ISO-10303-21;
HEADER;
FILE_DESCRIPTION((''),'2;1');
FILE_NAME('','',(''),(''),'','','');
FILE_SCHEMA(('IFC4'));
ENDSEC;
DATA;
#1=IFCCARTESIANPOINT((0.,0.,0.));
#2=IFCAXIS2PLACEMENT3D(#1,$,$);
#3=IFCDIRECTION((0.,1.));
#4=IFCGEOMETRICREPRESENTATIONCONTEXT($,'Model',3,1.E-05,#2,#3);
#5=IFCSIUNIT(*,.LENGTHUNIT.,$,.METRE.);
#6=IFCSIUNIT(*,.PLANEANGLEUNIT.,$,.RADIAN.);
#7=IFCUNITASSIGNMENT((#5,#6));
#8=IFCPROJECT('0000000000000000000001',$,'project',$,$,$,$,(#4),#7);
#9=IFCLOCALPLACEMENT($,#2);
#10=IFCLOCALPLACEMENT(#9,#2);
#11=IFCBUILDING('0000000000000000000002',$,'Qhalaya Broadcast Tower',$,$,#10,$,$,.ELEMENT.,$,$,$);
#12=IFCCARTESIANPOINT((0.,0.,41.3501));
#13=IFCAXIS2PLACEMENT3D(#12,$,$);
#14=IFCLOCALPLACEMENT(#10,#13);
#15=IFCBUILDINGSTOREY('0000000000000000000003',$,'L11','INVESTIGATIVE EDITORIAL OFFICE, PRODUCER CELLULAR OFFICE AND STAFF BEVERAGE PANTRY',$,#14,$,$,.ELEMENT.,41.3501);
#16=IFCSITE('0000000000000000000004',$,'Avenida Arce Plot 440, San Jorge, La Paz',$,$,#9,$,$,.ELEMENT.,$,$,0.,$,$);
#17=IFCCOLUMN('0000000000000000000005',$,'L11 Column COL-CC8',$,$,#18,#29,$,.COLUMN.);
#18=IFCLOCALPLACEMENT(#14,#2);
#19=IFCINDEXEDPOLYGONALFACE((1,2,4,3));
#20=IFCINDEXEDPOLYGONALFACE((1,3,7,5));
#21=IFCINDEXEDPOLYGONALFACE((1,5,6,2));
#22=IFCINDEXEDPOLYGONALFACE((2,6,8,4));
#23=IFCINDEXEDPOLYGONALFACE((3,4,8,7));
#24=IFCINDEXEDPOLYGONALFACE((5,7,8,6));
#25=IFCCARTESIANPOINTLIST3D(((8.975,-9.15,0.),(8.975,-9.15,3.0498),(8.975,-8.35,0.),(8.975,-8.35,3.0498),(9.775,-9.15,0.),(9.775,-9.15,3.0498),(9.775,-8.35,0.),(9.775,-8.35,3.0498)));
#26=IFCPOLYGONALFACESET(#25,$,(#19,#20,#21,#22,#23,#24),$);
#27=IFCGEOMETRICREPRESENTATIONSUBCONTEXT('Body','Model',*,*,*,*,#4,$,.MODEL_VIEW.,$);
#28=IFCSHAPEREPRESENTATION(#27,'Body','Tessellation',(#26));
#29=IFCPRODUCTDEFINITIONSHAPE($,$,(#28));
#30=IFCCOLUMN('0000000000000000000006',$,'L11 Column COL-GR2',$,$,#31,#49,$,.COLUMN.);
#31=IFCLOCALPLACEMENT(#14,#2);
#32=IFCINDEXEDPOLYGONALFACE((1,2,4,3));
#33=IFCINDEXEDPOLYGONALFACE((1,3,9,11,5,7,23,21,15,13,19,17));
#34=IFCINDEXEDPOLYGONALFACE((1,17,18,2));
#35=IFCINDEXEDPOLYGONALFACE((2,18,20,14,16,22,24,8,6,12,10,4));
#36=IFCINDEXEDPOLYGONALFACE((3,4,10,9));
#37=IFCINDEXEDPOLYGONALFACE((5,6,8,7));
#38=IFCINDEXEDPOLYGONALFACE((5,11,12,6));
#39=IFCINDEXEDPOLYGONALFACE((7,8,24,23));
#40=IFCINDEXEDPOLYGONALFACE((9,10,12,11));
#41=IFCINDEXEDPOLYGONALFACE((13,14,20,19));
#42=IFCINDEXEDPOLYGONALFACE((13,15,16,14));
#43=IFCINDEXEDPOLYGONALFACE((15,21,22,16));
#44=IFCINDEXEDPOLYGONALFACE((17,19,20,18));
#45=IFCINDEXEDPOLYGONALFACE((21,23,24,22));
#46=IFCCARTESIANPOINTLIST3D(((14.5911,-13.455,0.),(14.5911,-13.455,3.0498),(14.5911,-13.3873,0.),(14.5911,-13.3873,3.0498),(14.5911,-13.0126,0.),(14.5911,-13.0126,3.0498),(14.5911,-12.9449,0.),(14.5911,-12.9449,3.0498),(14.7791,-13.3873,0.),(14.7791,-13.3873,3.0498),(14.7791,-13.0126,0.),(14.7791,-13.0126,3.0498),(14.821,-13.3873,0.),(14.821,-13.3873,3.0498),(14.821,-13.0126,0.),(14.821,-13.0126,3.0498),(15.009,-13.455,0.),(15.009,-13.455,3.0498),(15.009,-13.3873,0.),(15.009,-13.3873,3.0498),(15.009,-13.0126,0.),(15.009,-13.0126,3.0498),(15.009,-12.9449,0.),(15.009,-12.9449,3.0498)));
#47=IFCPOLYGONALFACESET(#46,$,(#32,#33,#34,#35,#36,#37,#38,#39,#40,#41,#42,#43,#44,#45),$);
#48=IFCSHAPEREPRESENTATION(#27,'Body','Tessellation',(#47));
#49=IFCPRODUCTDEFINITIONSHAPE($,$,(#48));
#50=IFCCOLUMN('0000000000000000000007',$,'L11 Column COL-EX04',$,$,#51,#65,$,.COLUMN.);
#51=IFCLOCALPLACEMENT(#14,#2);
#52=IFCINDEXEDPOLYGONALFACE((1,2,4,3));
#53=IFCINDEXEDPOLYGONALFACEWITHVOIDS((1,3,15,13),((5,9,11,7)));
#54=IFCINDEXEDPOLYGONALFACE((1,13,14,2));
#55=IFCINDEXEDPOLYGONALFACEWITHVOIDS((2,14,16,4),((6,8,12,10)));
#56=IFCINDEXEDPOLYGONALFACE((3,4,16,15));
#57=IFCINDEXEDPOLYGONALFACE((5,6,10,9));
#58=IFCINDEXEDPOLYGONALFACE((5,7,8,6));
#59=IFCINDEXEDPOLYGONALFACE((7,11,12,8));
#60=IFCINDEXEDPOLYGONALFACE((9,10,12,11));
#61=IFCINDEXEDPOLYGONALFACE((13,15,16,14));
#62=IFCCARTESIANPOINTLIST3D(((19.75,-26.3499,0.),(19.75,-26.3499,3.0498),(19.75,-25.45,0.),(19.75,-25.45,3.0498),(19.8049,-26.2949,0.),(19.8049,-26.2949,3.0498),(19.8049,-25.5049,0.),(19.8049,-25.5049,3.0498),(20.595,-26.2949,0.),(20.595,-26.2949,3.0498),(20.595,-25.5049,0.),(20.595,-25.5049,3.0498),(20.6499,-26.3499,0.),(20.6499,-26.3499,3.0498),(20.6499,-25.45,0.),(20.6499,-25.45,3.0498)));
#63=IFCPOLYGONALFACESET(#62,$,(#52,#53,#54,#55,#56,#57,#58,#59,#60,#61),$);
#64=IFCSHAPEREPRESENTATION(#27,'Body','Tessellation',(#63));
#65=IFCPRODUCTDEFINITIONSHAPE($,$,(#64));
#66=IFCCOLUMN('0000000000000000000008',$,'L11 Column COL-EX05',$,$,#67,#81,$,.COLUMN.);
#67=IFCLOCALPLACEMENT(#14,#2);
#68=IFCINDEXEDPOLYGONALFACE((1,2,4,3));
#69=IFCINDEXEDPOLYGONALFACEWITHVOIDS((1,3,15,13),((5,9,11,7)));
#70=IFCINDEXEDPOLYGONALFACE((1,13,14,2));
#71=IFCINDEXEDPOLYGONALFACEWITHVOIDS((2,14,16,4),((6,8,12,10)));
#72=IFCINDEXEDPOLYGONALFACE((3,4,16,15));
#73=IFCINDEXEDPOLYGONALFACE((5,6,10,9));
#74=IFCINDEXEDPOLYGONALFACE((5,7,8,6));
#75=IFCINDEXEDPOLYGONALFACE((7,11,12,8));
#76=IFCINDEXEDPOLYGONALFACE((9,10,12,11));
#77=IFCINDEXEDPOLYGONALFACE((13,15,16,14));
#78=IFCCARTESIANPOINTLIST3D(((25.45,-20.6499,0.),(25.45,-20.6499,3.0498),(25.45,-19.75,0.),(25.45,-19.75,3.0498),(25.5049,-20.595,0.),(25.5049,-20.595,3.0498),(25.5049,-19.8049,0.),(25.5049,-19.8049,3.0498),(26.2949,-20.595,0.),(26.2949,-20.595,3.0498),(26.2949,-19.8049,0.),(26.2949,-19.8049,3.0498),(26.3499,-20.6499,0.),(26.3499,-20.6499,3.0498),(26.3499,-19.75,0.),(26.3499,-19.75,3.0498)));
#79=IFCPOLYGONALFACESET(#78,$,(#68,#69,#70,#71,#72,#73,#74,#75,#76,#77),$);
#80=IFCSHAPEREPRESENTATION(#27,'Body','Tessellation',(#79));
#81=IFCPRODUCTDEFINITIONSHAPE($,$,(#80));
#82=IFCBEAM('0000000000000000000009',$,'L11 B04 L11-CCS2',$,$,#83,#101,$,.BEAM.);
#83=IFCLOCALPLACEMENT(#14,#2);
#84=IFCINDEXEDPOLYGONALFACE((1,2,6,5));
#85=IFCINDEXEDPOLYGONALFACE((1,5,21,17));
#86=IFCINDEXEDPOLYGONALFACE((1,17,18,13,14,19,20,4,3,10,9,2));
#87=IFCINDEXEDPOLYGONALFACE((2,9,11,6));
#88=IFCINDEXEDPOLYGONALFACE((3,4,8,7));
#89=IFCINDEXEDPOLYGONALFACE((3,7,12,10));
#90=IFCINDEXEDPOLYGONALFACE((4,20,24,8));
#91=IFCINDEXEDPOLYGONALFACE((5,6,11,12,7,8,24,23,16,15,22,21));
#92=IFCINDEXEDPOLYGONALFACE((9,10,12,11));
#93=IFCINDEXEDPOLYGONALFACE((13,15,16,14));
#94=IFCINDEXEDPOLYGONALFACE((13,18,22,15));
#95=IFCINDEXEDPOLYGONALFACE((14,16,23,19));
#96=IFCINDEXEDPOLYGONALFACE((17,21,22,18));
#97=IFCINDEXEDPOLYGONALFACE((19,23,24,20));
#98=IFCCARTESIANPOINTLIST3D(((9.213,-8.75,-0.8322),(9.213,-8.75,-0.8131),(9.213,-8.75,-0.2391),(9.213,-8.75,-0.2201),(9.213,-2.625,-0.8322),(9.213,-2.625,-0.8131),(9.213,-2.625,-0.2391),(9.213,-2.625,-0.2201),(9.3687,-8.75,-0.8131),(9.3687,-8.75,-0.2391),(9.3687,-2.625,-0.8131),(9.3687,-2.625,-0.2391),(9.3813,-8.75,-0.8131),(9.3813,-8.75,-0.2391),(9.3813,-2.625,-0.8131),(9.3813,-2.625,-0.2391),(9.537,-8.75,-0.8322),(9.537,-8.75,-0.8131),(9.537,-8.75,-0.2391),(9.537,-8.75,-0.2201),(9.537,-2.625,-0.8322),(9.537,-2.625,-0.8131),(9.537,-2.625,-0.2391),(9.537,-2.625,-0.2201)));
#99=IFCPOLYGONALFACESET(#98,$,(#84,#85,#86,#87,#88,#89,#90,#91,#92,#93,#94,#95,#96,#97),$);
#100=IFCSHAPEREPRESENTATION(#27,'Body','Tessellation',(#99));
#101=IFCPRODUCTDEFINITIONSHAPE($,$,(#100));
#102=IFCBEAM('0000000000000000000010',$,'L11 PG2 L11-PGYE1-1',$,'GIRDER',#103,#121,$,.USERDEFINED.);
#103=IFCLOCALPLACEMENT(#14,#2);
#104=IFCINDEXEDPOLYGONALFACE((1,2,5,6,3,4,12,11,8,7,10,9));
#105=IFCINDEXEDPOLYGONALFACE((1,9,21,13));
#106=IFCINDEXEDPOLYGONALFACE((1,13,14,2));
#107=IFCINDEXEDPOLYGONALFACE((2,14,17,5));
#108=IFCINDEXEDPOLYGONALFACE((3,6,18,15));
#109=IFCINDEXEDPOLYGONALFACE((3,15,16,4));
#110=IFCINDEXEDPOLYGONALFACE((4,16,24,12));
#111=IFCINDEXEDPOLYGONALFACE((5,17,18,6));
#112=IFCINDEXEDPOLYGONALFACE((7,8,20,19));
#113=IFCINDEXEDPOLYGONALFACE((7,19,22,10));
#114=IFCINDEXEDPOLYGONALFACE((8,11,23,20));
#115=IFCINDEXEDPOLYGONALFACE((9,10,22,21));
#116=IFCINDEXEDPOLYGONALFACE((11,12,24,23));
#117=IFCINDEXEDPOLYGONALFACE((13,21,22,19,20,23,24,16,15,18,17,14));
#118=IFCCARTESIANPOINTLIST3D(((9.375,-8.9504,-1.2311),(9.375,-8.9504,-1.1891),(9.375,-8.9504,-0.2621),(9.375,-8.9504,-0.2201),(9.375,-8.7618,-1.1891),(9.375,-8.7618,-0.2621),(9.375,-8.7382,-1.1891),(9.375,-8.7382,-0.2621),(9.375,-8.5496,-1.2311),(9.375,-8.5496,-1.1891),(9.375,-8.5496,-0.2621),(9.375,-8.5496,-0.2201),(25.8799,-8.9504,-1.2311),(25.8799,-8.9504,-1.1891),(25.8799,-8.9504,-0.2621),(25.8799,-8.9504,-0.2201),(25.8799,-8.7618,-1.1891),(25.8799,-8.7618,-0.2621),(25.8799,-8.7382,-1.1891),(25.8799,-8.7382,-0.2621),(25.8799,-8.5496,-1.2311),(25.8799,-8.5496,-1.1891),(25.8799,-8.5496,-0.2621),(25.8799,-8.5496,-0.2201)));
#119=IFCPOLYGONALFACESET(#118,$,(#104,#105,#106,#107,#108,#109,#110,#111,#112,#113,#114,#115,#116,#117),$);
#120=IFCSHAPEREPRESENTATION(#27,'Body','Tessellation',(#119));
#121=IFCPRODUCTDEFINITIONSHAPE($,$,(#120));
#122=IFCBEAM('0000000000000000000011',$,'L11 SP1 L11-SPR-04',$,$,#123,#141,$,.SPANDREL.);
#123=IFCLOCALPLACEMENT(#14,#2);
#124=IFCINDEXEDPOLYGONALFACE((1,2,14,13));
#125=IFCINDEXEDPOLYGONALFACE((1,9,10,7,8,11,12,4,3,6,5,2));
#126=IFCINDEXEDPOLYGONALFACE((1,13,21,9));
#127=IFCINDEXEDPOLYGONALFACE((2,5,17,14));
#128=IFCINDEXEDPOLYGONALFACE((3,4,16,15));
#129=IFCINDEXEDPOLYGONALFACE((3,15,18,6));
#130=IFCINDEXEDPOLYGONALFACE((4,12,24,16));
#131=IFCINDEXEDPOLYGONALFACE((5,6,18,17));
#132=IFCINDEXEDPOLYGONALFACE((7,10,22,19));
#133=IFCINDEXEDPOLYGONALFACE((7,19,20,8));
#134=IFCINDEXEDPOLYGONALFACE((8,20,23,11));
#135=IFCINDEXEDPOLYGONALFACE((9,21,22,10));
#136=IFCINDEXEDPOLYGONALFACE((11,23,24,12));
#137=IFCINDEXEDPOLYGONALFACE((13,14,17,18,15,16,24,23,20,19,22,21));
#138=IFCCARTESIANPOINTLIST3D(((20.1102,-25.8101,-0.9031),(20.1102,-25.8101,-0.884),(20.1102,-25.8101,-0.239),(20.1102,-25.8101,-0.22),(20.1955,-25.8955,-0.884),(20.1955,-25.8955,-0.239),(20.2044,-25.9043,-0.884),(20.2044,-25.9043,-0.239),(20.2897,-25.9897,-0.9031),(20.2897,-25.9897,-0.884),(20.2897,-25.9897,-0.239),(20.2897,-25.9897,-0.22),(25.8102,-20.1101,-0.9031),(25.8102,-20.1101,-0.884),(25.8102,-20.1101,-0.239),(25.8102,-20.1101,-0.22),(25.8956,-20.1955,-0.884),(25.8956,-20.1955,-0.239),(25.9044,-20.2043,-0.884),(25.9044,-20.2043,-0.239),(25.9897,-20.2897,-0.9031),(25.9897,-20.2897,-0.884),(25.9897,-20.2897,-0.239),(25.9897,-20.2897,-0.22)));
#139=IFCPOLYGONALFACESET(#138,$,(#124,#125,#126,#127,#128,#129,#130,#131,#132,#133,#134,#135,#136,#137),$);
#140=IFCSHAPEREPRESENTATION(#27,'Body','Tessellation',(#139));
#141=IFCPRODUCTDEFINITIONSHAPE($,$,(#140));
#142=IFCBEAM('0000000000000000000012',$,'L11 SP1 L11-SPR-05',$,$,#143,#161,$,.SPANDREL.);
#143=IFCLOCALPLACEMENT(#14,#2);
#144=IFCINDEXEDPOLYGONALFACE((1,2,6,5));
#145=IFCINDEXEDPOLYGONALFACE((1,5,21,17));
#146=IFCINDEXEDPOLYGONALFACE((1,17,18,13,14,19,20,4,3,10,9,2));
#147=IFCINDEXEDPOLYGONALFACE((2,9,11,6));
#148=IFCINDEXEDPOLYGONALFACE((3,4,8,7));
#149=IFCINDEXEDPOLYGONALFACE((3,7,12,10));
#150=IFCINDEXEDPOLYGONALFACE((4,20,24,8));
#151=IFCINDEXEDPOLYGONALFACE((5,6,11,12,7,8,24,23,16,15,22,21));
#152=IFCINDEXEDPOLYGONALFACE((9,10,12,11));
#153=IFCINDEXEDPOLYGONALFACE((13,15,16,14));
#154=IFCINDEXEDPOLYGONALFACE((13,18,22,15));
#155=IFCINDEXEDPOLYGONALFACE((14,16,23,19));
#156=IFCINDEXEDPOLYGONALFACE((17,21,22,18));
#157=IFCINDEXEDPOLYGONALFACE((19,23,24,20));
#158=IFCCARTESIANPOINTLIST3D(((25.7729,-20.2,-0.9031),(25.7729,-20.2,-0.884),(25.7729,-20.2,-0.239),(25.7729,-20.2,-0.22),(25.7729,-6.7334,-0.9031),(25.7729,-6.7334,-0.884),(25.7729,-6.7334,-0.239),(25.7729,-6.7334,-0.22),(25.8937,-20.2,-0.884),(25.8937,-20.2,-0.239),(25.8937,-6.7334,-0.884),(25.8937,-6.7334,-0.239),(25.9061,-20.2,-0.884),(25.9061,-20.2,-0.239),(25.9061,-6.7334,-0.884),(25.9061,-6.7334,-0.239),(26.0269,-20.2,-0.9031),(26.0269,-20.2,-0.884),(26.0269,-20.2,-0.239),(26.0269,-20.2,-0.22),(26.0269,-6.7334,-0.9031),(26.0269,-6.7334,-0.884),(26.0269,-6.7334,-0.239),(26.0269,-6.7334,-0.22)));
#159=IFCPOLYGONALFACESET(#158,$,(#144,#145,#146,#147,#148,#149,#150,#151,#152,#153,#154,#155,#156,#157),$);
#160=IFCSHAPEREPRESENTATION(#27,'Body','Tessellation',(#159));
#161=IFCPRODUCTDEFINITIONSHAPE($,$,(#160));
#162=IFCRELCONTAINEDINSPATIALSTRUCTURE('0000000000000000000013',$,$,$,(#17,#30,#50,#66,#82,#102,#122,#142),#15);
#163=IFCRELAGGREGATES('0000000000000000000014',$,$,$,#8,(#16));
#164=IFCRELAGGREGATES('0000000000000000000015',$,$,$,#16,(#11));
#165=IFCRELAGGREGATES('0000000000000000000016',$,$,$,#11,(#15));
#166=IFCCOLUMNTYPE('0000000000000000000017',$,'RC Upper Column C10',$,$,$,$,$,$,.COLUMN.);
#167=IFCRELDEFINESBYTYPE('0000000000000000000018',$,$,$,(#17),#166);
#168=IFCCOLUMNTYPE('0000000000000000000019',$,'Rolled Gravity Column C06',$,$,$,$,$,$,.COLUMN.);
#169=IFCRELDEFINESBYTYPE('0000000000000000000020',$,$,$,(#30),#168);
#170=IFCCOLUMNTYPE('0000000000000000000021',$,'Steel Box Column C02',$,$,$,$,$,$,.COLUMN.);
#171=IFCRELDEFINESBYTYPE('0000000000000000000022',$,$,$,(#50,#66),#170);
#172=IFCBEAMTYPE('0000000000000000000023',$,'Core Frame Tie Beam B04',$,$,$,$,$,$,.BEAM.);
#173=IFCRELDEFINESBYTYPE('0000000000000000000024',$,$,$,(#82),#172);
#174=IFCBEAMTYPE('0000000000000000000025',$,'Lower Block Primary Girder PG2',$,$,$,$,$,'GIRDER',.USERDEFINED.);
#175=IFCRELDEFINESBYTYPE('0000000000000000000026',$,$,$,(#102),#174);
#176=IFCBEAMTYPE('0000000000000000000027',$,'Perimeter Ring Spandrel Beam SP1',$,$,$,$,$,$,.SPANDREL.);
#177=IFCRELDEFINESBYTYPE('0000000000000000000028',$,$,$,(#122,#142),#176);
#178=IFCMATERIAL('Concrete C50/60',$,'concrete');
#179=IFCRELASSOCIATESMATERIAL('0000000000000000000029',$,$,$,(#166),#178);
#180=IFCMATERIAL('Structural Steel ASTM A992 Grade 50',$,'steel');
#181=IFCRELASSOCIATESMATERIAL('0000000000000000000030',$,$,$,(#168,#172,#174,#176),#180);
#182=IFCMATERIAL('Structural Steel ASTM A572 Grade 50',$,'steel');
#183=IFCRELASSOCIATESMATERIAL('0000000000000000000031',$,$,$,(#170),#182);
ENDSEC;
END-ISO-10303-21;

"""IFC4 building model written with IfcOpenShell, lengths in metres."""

from ifc_helpers import new_model, si_unit, direction, frame, origin, origin_2d, place, context, subcontext, project, spatial, rectangle, hollow_rectangle, i_section, extrude, material, material_profile, profile_set, type_object, element, save


model = new_model("IFC4")

# Units and contexts
model_context = context("Model", 3, precision=1e-05, world=origin(), true_north=direction((0.0, 1.0)))
body_context = subcontext(model_context, "Body", "Model", "MODEL_VIEW")
ifc_project = project(units=[si_unit("LENGTHUNIT", "METRE"), si_unit("PLANEANGLEUNIT", "RADIAN")], contexts=[model_context])

# Site, building, storey
site_placement = place(None, origin())
site = spatial("IfcSite", under=ifc_project, at=site_placement, Name="Avenida Arce Plot 440, San Jorge, La Paz", CompositionType="ELEMENT", RefElevation=0.0)
building_placement = place(site_placement, origin())
building = spatial("IfcBuilding", under=site, at=building_placement, Name="Qhalaya Broadcast Tower", CompositionType="ELEMENT")
storey_placement = place(building_placement, frame((0.0, 0.0, 41.3501)))
storey = spatial("IfcBuildingStorey", under=building, at=storey_placement, Name="L11", Description="INVESTIGATIVE EDITORIAL OFFICE, PRODUCER CELLULAR OFFICE AND STAFF BEVERAGE PANTRY", CompositionType="ELEMENT", Elevation=41.3501)

# Columns
ifc_material_1 = material(Name="Concrete C50/60", Category="concrete")
ifc_material_profile_1 = material_profile(ifc_material_1, rectangle(XDim=0.8, YDim=0.8, at=origin_2d()), Name="RC-COL 800x800")
ifc_profile_set_1 = profile_set([ifc_material_profile_1], Name="Concrete C50/60")
column_type_1 = type_object("IfcColumnType", Name="RC Upper Column C10", PredefinedType="COLUMN", material=ifc_profile_set_1)
column_1_placement = place(storey_placement, frame((9.375, -8.75, 0.0), z_axis=(0.0, 0.0, 1.0), x_axis=(1.0, 0.0, 0.0)))
element("IfcColumn", 1, at=column_1_placement, inside=storey, type_object=column_type_1, Name="L11 Column COL-CC8", PredefinedType="COLUMN", context=body_context, shape_type="SweptSolid", body=[
    extrude(rectangle(XDim=0.8, YDim=0.8, at=origin_2d()), origin(), (0.0, 0.0, 1.0), 3.0498),
])
ifc_material_2 = material(Name="Structural Steel ASTM A992 Grade 50", Category="steel")
ifc_material_profile_2 = material_profile(ifc_material_2, i_section(OverallWidth=0.418, OverallDepth=0.51, WebThickness=0.042, FlangeThickness=0.0676, at=origin_2d()), Name="W14X370")
ifc_profile_set_2 = profile_set([ifc_material_profile_2], Name="Structural Steel ASTM A992 Grade 50")
column_type_2 = type_object("IfcColumnType", Name="Rolled Gravity Column C06", PredefinedType="COLUMN", material=ifc_profile_set_2)
column_2_placement = place(storey_placement, frame((14.8, -13.2, 0.0), z_axis=(0.0, 0.0, 1.0), x_axis=(1.0, 0.0, 0.0)))
element("IfcColumn", 2, at=column_2_placement, inside=storey, type_object=column_type_2, Name="L11 Column COL-GR2", PredefinedType="COLUMN", context=body_context, shape_type="SweptSolid", body=[
    extrude(i_section(OverallWidth=0.418, OverallDepth=0.51, WebThickness=0.042, FlangeThickness=0.0676, at=origin_2d()), origin(), (0.0, 0.0, 1.0), 3.0498),
])
ifc_material_3 = material(Name="Structural Steel ASTM A572 Grade 50", Category="steel")
ifc_material_profile_3 = material_profile(ifc_material_3, hollow_rectangle(XDim=0.8999, YDim=0.8999, WallThickness=0.0549, at=origin_2d()), Name="BOX 900x900x55")
ifc_profile_set_3 = profile_set([ifc_material_profile_3], Name="Structural Steel ASTM A572 Grade 50")
column_type_3 = type_object("IfcColumnType", Name="Steel Box Column C02", PredefinedType="COLUMN", material=ifc_profile_set_3)
for number, where, z_axis, x_axis, name in (
    (3, (20.2, -25.8999, 0.0), (0.0, 0.0, 1.0), (1.0, 0.0, 0.0), "L11 Column COL-EX04"),
    (4, (25.8999, -20.2, 0.0), (0.0, 0.0, 1.0), (0.0, 1.0, 0.0), "L11 Column COL-EX05"),
):
    element("IfcColumn", number, at=place(storey_placement, frame(where, z_axis=z_axis, x_axis=x_axis)), inside=storey, type_object=column_type_3, Name=name, PredefinedType="COLUMN", context=body_context, shape_type="SweptSolid", body=[
        extrude(hollow_rectangle(XDim=0.8999, YDim=0.8999, WallThickness=0.0549, at=origin_2d()), origin(), (0.0, 0.0, 1.0), 3.0498),
    ])

# Beams
ifc_material_profile_4 = material_profile(ifc_material_2, i_section(OverallWidth=0.324, OverallDepth=0.6121, WebThickness=0.0127, FlangeThickness=0.019, at=origin_2d()), Name="W24X104")
ifc_profile_set_4 = profile_set([ifc_material_profile_4], Name="Structural Steel ASTM A992 Grade 50")
beam_type_1 = type_object("IfcBeamType", Name="Core Frame Tie Beam B04", PredefinedType="BEAM", material=ifc_profile_set_4)
beam_1_placement = place(storey_placement, frame((9.375, -8.75, -0.5261), z_axis=(0.0, 1.0, 0.0), x_axis=(-1.0, 0.0, 0.0)))
element("IfcBeam", 5, at=beam_1_placement, inside=storey, type_object=beam_type_1, Name="L11 B04 L11-CCS2", PredefinedType="BEAM", context=body_context, shape_type="SweptSolid", body=[
    extrude(i_section(OverallWidth=0.324, OverallDepth=0.6121, WebThickness=0.0127, FlangeThickness=0.019, at=origin_2d()), origin(), (0.0, 0.0, 1.0), 6.125),
])
ifc_material_profile_5 = material_profile(ifc_material_2, i_section(OverallWidth=0.4009, OverallDepth=1.011, WebThickness=0.0237, FlangeThickness=0.042, at=origin_2d()), Name="W40X297")
ifc_profile_set_5 = profile_set([ifc_material_profile_5], Name="Structural Steel ASTM A992 Grade 50")
beam_type_2 = type_object("IfcBeamType", Name="Lower Block Primary Girder PG2", ElementType="GIRDER", PredefinedType="USERDEFINED", material=ifc_profile_set_5)
beam_2_placement = place(storey_placement, frame((9.375, -8.75, -0.7256), z_axis=(1.0, 0.0, 0.0), x_axis=(0.0, 1.0, 0.0)))
element("IfcBeam", 6, at=beam_2_placement, inside=storey, type_object=beam_type_2, Name="L11 PG2 L11-PGYE1-1", ObjectType="GIRDER", PredefinedType="USERDEFINED", context=body_context, shape_type="SweptSolid", body=[
    extrude(i_section(OverallWidth=0.4009, OverallDepth=1.011, WebThickness=0.0237, FlangeThickness=0.042, at=origin_2d()), origin(), (0.0, 0.0, 1.0), 16.5049),
])
ifc_material_profile_6 = material_profile(ifc_material_2, i_section(OverallWidth=0.2539, OverallDepth=0.6831, WebThickness=0.0125, FlangeThickness=0.019, at=origin_2d()), Name="W27X94")
ifc_profile_set_6 = profile_set([ifc_material_profile_6], Name="Structural Steel ASTM A992 Grade 50")
beam_type_3 = type_object("IfcBeamType", Name="Perimeter Ring Spandrel Beam SP1", PredefinedType="SPANDREL", material=ifc_profile_set_6)
beam_3_placement = place(storey_placement, frame((20.2, -25.8999, -0.5615), z_axis=(0.707107, 0.707107, 0.0), x_axis=(-0.707107, 0.707107, 0.0)))
element("IfcBeam", 7, at=beam_3_placement, inside=storey, type_object=beam_type_3, Name="L11 SP1 L11-SPR-04", PredefinedType="SPANDREL", context=body_context, shape_type="SweptSolid", body=[
    extrude(i_section(OverallWidth=0.2539, OverallDepth=0.6831, WebThickness=0.0125, FlangeThickness=0.019, at=origin_2d()), origin(), (0.0, 0.0, 1.0), 8.061),
])
beam_4_placement = place(storey_placement, frame((25.8999, -20.2, -0.5615), z_axis=(0.0, 1.0, 0.0), x_axis=(-1.0, 0.0, 0.0)))
element("IfcBeam", 8, at=beam_4_placement, inside=storey, type_object=beam_type_3, Name="L11 SP1 L11-SPR-05", PredefinedType="SPANDREL", context=body_context, shape_type="SweptSolid", body=[
    extrude(i_section(OverallWidth=0.2539, OverallDepth=0.6831, WebThickness=0.0125, FlangeThickness=0.019, at=origin_2d()), origin(), (0.0, 0.0, 1.0), 13.4666),
])

save(model, "model.ifc")
